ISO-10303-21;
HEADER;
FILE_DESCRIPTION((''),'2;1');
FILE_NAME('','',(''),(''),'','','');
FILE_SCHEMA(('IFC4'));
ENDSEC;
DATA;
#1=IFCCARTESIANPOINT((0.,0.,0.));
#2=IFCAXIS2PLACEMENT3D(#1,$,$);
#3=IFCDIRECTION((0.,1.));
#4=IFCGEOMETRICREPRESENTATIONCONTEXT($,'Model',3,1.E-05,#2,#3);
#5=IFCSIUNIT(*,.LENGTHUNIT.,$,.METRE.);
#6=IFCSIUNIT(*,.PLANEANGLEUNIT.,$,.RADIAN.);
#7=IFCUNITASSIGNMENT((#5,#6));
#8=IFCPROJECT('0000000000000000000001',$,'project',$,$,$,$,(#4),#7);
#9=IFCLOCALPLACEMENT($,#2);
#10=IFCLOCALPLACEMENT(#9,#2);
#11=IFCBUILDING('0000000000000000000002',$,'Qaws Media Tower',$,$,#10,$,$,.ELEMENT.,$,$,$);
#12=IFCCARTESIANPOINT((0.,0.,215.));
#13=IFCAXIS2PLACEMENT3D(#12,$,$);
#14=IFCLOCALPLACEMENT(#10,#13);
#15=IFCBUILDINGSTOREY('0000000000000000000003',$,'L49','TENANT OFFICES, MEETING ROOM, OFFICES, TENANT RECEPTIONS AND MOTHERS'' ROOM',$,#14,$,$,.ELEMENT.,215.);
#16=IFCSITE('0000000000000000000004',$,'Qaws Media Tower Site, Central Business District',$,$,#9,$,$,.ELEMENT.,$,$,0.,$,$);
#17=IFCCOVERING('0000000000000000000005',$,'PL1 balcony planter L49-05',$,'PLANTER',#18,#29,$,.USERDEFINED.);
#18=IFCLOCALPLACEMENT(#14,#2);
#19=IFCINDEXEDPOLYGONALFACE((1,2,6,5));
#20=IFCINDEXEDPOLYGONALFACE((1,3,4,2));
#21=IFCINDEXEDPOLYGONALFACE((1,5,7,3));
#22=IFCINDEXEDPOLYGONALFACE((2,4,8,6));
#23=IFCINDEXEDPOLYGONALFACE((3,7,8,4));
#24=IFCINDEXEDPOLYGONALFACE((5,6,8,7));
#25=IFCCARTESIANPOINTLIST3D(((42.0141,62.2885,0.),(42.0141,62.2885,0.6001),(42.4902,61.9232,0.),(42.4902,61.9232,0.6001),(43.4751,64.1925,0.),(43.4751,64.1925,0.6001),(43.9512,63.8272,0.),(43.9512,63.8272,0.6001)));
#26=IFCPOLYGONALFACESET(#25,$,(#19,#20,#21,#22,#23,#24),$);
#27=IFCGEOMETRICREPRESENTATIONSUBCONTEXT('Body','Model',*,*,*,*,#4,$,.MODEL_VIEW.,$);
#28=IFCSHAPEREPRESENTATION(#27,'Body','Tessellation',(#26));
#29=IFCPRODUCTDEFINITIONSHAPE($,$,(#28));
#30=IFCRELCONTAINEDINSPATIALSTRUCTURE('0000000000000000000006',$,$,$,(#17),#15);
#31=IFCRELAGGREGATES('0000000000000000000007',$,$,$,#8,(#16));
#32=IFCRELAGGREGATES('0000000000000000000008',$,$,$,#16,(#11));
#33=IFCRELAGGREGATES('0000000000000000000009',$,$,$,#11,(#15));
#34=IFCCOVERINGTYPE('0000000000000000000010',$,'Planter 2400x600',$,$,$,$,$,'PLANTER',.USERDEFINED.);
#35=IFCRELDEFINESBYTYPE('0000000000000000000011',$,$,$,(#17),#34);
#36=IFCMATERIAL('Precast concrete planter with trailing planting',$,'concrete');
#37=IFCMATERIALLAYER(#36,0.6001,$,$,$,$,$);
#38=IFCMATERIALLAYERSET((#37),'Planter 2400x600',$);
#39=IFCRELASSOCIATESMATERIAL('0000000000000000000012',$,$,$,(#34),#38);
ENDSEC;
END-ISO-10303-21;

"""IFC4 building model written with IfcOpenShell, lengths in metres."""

from ifc_helpers import new_model, si_unit, direction, frame, origin, origin_2d, place, context, subcontext, project, spatial, rectangle, extrude, material, layer, layer_set, type_object, element, save


model = new_model("IFC4")

# Units and contexts
model_context = context("Model", 3, precision=1e-05, world=origin(), true_north=direction((0.0, 1.0)))
body_context = subcontext(model_context, "Body", "Model", "MODEL_VIEW")
ifc_project = project(units=[si_unit("LENGTHUNIT", "METRE"), si_unit("PLANEANGLEUNIT", "RADIAN")], contexts=[model_context])

# Site, building, storey
site_placement = place(None, origin())
site = spatial("IfcSite", under=ifc_project, at=site_placement, Name="Qaws Media Tower Site, Central Business District", CompositionType="ELEMENT", RefElevation=0.0)
building_placement = place(site_placement, origin())
building = spatial("IfcBuilding", under=site, at=building_placement, Name="Qaws Media Tower", CompositionType="ELEMENT")
storey_placement = place(building_placement, frame((0.0, 0.0, 215.0)))
storey = spatial("IfcBuildingStorey", under=building, at=storey_placement, Name="L49", Description="TENANT OFFICES, MEETING ROOM, OFFICES, TENANT RECEPTIONS AND MOTHERS' ROOM", CompositionType="ELEMENT", Elevation=215.0)

# Covering
ifc_material_1 = material(Name="Precast concrete planter with trailing planting", Category="concrete")
ifc_layer_1 = layer(ifc_material_1, 0.6001)
ifc_layer_set_1 = layer_set([ifc_layer_1], Name="Planter 2400x600")
covering_type = type_object("IfcCoveringType", Name="Planter 2400x600", ElementType="PLANTER", PredefinedType="USERDEFINED", material=ifc_layer_set_1)
covering_placement = place(storey_placement, frame((42.9827, 63.0579, 0.0), z_axis=(0.0, 0.0, 1.0), x_axis=(-0.608761, -0.793353, 0.0)))
element("IfcCovering", 1, at=covering_placement, inside=storey, type_object=covering_type, Name="PL1 balcony planter L49-05", ObjectType="PLANTER", PredefinedType="USERDEFINED", context=body_context, shape_type="SweptSolid", body=[
    extrude(rectangle(XDim=2.3999, YDim=0.6001, at=origin_2d()), origin(), (0.0, 0.0, 1.0), 0.6001),
])

save(model, "model.ifc")
